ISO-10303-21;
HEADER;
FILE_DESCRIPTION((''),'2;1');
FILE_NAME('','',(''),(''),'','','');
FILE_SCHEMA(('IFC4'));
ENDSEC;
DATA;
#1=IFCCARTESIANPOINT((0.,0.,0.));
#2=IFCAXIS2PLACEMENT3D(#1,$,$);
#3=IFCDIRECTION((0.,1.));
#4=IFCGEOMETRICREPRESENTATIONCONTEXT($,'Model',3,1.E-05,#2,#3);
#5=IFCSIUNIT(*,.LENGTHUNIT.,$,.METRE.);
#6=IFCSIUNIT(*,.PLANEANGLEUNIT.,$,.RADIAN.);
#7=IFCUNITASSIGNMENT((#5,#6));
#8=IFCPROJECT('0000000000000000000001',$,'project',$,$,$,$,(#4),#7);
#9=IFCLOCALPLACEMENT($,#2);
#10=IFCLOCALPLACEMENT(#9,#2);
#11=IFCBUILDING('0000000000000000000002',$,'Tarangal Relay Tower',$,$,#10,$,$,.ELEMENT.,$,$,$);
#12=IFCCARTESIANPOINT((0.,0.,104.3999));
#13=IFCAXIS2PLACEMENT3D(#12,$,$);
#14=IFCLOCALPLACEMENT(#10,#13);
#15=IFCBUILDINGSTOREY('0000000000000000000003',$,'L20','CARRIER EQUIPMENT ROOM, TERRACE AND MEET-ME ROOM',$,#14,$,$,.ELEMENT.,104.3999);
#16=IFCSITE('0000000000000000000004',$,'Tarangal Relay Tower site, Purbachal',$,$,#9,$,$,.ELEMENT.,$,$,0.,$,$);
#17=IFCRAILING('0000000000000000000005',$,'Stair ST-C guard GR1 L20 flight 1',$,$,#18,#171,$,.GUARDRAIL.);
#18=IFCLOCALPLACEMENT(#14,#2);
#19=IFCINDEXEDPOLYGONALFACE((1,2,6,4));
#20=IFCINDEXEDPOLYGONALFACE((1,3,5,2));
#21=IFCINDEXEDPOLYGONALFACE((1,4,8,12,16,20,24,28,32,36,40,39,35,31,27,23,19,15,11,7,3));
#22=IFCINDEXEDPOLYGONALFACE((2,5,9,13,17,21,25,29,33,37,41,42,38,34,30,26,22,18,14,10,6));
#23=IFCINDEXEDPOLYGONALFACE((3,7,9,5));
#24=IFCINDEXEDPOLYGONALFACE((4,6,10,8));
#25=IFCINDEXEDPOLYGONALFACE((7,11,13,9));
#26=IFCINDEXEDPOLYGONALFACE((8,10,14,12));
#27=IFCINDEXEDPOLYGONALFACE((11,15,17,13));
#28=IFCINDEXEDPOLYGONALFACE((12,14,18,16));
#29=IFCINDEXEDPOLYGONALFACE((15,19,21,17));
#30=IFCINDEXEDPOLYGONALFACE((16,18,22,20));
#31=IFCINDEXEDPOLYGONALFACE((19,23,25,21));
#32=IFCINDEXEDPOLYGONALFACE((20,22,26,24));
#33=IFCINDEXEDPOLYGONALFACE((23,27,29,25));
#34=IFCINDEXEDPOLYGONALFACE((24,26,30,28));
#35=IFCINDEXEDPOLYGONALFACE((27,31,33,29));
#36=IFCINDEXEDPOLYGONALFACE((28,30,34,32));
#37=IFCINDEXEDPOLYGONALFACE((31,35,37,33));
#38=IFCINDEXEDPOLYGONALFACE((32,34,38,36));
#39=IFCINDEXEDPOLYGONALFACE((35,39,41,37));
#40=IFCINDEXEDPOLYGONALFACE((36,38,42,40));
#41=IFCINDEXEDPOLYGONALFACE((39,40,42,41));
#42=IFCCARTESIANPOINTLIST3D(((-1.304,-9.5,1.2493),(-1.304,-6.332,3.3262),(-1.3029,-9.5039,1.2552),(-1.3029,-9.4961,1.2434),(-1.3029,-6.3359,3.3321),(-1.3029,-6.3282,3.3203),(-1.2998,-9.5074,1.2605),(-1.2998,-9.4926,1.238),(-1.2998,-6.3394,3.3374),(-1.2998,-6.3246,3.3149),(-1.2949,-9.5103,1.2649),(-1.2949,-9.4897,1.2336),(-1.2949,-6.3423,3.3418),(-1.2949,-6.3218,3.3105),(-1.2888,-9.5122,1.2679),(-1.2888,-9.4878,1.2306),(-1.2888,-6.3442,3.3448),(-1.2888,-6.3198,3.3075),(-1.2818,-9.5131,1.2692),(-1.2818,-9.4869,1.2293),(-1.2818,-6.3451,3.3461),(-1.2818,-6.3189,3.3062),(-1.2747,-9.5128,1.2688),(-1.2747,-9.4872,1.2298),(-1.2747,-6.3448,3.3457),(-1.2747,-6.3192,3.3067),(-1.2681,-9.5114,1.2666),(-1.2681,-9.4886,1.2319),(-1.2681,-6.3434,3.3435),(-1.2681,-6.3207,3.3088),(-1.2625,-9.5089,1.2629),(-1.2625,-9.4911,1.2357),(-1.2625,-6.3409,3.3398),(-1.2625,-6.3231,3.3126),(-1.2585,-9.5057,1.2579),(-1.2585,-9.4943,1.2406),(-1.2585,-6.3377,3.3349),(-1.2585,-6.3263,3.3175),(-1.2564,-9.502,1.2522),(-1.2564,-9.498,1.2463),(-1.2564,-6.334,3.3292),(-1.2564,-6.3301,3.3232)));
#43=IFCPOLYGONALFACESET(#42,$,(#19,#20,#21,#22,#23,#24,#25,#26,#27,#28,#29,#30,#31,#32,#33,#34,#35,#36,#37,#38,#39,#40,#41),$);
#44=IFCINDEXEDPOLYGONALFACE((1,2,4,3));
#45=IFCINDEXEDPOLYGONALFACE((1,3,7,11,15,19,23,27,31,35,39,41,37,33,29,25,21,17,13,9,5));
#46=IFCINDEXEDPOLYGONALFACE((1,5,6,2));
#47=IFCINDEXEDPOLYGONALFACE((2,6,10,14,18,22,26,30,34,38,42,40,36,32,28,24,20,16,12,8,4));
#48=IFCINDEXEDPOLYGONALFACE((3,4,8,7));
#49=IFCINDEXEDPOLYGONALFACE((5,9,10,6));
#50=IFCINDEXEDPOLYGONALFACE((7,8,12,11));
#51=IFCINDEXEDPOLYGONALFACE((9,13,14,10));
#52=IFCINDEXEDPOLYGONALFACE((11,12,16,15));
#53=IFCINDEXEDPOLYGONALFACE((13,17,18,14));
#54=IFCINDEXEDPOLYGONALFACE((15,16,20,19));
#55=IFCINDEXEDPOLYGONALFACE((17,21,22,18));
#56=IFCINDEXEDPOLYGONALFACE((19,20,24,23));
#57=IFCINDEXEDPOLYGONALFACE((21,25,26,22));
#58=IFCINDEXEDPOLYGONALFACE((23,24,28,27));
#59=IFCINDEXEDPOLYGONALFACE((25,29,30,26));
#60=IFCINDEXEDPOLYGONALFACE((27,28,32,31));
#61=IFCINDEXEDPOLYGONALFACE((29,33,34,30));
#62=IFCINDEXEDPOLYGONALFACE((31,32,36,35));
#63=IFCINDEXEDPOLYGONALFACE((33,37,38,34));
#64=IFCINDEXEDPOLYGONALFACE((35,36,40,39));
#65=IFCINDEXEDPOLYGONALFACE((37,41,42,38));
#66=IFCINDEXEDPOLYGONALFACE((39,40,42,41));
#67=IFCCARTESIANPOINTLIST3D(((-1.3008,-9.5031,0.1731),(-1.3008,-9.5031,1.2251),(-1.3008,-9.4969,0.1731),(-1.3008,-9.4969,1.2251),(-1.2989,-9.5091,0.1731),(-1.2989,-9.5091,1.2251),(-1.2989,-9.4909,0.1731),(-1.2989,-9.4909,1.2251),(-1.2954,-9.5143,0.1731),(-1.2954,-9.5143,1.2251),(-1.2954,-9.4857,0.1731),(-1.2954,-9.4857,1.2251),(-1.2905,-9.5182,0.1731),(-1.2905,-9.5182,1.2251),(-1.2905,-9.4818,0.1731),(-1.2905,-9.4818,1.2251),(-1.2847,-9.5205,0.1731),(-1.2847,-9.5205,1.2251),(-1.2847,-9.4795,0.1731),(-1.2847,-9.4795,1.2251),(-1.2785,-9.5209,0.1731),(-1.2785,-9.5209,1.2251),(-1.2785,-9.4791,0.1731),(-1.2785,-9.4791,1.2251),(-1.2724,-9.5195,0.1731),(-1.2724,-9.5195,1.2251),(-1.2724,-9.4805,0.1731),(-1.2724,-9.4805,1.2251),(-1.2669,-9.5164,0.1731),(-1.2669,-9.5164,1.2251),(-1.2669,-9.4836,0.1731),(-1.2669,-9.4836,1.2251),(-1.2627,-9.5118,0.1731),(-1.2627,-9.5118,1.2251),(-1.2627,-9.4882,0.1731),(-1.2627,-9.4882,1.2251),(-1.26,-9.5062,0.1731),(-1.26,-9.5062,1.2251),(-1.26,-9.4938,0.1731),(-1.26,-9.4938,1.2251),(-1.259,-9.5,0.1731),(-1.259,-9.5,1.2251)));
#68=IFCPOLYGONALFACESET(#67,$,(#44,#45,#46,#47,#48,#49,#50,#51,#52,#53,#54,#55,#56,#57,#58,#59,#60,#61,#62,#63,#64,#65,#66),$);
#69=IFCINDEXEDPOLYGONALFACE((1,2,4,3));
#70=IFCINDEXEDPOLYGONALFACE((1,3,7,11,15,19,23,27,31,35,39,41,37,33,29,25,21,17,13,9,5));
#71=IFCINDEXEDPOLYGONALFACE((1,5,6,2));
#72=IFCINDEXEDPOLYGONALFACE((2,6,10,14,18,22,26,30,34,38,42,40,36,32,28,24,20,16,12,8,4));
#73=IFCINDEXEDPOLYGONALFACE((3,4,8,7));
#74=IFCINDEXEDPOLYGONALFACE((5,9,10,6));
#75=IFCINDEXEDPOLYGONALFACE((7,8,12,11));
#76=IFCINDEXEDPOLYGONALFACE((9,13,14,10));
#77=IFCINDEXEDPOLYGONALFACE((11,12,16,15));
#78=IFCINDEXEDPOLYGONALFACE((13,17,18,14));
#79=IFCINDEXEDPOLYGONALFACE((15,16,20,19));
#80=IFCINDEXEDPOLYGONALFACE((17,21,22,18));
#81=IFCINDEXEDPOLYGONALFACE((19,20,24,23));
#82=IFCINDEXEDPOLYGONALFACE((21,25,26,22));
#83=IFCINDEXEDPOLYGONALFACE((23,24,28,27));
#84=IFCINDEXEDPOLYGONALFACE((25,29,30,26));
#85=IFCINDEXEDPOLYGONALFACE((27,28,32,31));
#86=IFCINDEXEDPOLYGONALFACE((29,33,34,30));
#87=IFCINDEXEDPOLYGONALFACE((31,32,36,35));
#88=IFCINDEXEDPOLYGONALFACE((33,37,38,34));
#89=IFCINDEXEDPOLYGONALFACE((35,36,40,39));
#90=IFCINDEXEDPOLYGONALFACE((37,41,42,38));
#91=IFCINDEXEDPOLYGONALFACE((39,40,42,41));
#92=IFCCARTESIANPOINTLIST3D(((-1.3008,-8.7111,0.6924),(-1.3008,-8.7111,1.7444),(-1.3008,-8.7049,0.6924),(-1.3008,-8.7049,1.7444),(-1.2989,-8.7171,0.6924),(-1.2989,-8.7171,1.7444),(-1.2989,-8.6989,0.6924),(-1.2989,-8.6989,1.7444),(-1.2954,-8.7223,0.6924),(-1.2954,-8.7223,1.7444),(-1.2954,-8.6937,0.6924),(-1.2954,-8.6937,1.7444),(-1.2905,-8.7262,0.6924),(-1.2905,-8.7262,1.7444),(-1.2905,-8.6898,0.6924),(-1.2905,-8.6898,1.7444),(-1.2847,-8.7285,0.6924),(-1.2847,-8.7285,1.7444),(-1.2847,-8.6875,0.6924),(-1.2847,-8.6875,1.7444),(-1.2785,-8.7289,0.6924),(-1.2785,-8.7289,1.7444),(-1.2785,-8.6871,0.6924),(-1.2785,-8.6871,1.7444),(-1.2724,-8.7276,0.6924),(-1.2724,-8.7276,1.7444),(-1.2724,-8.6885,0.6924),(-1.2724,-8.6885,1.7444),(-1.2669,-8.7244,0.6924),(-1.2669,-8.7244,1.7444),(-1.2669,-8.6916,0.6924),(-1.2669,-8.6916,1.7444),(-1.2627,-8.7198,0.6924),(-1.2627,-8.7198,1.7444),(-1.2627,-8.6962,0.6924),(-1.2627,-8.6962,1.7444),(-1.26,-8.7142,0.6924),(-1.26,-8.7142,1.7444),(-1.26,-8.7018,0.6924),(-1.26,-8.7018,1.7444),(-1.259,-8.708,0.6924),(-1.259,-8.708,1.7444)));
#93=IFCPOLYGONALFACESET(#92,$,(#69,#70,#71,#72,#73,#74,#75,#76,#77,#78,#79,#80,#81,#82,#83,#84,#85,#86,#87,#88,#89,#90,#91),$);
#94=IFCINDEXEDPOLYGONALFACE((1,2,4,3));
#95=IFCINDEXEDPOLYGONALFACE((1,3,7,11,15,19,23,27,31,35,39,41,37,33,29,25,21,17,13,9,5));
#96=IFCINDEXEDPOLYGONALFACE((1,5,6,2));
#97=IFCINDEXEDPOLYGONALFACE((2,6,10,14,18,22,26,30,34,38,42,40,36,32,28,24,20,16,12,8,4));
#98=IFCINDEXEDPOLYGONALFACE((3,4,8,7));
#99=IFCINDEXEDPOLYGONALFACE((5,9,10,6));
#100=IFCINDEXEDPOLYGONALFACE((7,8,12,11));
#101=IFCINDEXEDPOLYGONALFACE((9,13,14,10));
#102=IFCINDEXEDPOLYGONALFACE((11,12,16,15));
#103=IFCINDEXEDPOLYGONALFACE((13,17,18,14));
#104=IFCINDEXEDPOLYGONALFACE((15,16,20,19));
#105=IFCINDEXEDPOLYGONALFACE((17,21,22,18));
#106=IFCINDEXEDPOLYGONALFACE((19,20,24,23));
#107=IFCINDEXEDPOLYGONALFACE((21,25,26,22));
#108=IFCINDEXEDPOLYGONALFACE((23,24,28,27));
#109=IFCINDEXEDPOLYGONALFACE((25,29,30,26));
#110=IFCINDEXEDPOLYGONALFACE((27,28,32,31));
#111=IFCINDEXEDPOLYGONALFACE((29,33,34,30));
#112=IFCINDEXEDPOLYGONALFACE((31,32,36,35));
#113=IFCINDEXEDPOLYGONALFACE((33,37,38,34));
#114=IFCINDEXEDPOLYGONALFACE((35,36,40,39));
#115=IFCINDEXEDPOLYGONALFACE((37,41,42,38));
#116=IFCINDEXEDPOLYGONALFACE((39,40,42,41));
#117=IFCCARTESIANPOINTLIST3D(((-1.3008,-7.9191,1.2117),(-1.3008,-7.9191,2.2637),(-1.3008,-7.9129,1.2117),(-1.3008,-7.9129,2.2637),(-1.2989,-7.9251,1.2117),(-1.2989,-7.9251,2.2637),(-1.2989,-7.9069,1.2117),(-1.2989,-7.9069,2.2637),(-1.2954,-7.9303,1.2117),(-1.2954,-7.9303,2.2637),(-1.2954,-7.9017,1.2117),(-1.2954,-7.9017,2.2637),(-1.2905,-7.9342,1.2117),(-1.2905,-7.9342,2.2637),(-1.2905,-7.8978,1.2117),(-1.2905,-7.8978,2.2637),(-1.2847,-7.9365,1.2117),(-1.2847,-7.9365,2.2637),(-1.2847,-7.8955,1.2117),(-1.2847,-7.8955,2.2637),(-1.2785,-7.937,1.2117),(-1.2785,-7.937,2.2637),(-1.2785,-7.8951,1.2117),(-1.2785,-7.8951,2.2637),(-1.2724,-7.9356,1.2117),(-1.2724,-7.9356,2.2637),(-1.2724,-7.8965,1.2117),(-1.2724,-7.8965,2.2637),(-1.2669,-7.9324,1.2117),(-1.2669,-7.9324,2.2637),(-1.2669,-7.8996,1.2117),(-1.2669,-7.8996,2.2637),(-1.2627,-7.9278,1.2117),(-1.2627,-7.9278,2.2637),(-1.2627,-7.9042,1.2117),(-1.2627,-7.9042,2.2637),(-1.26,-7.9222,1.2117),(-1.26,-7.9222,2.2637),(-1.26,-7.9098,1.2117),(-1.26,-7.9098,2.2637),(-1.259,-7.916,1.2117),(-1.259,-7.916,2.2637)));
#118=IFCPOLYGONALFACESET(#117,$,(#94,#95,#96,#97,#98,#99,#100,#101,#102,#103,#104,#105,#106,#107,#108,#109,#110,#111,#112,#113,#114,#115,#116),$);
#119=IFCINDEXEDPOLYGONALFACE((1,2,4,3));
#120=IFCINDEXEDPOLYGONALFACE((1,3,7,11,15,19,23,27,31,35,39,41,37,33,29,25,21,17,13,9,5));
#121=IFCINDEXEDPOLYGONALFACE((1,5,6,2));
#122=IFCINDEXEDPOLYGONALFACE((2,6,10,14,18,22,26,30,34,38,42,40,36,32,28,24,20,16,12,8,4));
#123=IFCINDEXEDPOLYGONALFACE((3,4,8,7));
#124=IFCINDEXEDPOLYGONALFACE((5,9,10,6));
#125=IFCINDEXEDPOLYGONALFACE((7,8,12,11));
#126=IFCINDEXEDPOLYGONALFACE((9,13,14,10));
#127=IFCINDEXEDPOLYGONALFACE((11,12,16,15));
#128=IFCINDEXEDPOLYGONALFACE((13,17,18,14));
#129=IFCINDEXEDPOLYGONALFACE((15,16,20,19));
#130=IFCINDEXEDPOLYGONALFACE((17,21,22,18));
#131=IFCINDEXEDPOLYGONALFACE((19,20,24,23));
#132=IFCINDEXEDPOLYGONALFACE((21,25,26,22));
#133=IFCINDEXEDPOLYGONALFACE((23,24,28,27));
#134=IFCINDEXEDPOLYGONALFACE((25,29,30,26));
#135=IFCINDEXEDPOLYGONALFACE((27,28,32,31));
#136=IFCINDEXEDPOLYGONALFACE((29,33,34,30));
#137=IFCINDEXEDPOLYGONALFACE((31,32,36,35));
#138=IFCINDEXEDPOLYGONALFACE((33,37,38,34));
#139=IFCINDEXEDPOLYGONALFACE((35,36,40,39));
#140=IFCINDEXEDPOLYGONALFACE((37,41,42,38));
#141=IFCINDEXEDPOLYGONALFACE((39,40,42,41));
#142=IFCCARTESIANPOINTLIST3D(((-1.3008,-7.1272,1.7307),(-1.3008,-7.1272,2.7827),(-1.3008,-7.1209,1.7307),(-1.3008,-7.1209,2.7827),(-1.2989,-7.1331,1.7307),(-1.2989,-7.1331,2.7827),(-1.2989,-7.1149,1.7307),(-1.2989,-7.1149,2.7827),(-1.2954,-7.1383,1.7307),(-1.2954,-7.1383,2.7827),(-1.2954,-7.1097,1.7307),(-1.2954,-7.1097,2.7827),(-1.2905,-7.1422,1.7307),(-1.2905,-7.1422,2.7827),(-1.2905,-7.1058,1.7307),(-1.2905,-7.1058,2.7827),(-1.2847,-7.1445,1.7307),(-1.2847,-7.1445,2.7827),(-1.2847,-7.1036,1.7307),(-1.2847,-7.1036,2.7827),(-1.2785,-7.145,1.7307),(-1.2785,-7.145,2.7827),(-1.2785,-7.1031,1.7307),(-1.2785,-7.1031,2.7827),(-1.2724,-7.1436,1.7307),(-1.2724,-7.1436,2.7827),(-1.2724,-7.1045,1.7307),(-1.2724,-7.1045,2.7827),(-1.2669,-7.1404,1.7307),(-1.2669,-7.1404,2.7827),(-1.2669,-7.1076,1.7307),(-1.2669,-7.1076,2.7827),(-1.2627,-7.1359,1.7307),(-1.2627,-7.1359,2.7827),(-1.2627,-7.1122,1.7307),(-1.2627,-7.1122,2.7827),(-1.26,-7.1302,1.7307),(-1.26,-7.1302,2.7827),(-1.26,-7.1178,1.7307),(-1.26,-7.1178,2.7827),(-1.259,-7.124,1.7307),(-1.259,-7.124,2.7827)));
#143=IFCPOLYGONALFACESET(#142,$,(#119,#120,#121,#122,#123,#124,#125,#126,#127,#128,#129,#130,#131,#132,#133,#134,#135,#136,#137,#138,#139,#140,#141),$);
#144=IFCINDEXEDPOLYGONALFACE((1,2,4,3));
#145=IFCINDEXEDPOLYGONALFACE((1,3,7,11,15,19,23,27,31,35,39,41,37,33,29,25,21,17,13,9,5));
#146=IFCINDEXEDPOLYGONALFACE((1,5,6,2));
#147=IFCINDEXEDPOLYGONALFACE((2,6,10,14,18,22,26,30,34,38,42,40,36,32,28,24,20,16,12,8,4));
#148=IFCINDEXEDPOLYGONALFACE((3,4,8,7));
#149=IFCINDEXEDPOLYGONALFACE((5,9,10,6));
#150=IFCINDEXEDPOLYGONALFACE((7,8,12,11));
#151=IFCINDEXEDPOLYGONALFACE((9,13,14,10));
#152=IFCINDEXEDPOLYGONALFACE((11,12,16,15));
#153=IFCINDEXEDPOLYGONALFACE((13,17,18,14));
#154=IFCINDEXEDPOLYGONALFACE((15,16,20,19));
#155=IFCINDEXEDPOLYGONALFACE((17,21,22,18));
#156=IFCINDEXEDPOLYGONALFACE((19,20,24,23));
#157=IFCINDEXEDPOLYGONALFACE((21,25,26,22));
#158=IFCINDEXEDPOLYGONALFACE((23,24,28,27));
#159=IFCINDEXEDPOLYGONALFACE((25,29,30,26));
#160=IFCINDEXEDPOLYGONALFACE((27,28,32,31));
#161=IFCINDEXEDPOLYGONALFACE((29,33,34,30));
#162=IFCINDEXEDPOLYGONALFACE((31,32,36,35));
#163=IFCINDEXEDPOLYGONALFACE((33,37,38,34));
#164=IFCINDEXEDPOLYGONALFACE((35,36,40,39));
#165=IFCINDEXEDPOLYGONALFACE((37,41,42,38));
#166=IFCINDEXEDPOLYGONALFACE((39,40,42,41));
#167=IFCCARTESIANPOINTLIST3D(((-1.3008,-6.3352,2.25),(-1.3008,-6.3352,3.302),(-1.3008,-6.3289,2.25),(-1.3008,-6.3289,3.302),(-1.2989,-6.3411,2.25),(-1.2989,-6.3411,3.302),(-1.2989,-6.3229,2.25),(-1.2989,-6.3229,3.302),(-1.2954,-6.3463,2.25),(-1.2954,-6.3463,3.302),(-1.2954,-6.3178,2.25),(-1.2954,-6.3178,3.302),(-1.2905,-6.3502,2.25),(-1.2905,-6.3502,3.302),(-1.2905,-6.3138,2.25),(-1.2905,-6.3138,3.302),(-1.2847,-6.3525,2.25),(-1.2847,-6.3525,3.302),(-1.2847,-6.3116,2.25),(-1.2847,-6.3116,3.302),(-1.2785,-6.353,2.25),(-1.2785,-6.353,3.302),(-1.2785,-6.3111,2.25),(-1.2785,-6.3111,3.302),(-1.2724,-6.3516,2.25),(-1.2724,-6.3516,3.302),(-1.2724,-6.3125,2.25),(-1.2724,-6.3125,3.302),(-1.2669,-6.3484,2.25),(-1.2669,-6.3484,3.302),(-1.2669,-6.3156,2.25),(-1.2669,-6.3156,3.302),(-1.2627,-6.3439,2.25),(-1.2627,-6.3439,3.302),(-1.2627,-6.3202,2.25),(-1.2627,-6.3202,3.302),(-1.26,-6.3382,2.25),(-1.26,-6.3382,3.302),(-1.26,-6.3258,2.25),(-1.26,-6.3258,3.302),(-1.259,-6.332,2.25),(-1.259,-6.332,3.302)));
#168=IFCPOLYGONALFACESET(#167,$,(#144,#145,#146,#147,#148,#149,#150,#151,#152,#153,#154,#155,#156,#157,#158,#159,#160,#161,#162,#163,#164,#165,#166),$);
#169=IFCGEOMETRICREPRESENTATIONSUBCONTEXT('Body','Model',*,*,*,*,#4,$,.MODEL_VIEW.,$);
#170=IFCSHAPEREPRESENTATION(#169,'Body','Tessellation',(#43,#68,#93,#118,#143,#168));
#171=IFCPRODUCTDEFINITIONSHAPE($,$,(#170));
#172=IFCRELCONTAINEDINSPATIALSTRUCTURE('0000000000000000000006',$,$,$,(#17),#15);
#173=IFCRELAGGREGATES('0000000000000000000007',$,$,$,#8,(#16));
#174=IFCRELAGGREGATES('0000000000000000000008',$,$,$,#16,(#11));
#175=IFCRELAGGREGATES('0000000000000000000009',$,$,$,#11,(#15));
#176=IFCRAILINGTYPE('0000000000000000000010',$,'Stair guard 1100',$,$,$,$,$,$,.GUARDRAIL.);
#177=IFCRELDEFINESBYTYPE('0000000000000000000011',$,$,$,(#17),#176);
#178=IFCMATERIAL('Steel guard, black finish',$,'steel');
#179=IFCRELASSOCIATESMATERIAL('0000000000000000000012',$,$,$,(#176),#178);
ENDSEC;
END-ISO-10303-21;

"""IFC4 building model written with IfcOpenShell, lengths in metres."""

from ifc_helpers import new_model, si_unit, direction, frame, origin, origin_2d, place, context, subcontext, project, spatial, circle, extrude, material, type_object, element, save


model = new_model("IFC4")

# Units and contexts
model_context = context("Model", 3, precision=1e-05, world=origin(), true_north=direction((0.0, 1.0)))
body_context = subcontext(model_context, "Body", "Model", "MODEL_VIEW")
ifc_project = project(units=[si_unit("LENGTHUNIT", "METRE"), si_unit("PLANEANGLEUNIT", "RADIAN")], contexts=[model_context])

# Site, building, storey
site_placement = place(None, origin())
site = spatial("IfcSite", under=ifc_project, at=site_placement, Name="Tarangal Relay Tower site, Purbachal", CompositionType="ELEMENT", RefElevation=0.0)
building_placement = place(site_placement, origin())
building = spatial("IfcBuilding", under=site, at=building_placement, Name="Tarangal Relay Tower", CompositionType="ELEMENT")
storey_placement = place(building_placement, frame((0.0, 0.0, 104.3999)))
storey = spatial("IfcBuildingStorey", under=building, at=storey_placement, Name="L20", Description="CARRIER EQUIPMENT ROOM, TERRACE AND MEET-ME ROOM", CompositionType="ELEMENT", Elevation=104.3999)

# Railing
ifc_material_1 = material(Name="Steel guard, black finish", Category="steel")
railing_type_1 = type_object("IfcRailingType", Name="Stair guard 1100", PredefinedType="GUARDRAIL", material=ifc_material_1)
railing_1_placement = place(storey_placement, frame((-1.28, -9.5, 0.1731)))
element("IfcRailing", 1, at=railing_1_placement, inside=storey, type_object=railing_type_1, Name="Stair ST-C guard GR1 L20 flight 1", PredefinedType="GUARDRAIL", context=body_context, shape_type="SweptSolid", body=[
    extrude(circle(Radius=0.0239, at=origin_2d()), frame((0.0, 0.0, 1.0762), z_axis=(0.0, 0.836299, 0.548273), x_axis=(-1.0, 0.0, 0.0)), (0.0, 0.0, 1.0), 3.7881),
    extrude(circle(Radius=0.021, at=origin_2d()), origin(), (0.0, 0.0, 1.0), 1.052),
    extrude(circle(Radius=0.021, at=origin_2d()), frame((0.0, 0.792, 0.5193)), (0.0, 0.0, 1.0), 1.052),
    extrude(circle(Radius=0.021, at=origin_2d()), frame((0.0, 1.584, 1.0386)), (0.0, 0.0, 1.0), 1.052),
    extrude(circle(Radius=0.021, at=origin_2d()), frame((0.0, 2.376, 1.5576)), (0.0, 0.0, 1.0), 1.052),
    extrude(circle(Radius=0.021, at=origin_2d()), frame((0.0, 3.168, 2.0769)), (0.0, 0.0, 1.0), 1.052),
])

save(model, "model.ifc")
